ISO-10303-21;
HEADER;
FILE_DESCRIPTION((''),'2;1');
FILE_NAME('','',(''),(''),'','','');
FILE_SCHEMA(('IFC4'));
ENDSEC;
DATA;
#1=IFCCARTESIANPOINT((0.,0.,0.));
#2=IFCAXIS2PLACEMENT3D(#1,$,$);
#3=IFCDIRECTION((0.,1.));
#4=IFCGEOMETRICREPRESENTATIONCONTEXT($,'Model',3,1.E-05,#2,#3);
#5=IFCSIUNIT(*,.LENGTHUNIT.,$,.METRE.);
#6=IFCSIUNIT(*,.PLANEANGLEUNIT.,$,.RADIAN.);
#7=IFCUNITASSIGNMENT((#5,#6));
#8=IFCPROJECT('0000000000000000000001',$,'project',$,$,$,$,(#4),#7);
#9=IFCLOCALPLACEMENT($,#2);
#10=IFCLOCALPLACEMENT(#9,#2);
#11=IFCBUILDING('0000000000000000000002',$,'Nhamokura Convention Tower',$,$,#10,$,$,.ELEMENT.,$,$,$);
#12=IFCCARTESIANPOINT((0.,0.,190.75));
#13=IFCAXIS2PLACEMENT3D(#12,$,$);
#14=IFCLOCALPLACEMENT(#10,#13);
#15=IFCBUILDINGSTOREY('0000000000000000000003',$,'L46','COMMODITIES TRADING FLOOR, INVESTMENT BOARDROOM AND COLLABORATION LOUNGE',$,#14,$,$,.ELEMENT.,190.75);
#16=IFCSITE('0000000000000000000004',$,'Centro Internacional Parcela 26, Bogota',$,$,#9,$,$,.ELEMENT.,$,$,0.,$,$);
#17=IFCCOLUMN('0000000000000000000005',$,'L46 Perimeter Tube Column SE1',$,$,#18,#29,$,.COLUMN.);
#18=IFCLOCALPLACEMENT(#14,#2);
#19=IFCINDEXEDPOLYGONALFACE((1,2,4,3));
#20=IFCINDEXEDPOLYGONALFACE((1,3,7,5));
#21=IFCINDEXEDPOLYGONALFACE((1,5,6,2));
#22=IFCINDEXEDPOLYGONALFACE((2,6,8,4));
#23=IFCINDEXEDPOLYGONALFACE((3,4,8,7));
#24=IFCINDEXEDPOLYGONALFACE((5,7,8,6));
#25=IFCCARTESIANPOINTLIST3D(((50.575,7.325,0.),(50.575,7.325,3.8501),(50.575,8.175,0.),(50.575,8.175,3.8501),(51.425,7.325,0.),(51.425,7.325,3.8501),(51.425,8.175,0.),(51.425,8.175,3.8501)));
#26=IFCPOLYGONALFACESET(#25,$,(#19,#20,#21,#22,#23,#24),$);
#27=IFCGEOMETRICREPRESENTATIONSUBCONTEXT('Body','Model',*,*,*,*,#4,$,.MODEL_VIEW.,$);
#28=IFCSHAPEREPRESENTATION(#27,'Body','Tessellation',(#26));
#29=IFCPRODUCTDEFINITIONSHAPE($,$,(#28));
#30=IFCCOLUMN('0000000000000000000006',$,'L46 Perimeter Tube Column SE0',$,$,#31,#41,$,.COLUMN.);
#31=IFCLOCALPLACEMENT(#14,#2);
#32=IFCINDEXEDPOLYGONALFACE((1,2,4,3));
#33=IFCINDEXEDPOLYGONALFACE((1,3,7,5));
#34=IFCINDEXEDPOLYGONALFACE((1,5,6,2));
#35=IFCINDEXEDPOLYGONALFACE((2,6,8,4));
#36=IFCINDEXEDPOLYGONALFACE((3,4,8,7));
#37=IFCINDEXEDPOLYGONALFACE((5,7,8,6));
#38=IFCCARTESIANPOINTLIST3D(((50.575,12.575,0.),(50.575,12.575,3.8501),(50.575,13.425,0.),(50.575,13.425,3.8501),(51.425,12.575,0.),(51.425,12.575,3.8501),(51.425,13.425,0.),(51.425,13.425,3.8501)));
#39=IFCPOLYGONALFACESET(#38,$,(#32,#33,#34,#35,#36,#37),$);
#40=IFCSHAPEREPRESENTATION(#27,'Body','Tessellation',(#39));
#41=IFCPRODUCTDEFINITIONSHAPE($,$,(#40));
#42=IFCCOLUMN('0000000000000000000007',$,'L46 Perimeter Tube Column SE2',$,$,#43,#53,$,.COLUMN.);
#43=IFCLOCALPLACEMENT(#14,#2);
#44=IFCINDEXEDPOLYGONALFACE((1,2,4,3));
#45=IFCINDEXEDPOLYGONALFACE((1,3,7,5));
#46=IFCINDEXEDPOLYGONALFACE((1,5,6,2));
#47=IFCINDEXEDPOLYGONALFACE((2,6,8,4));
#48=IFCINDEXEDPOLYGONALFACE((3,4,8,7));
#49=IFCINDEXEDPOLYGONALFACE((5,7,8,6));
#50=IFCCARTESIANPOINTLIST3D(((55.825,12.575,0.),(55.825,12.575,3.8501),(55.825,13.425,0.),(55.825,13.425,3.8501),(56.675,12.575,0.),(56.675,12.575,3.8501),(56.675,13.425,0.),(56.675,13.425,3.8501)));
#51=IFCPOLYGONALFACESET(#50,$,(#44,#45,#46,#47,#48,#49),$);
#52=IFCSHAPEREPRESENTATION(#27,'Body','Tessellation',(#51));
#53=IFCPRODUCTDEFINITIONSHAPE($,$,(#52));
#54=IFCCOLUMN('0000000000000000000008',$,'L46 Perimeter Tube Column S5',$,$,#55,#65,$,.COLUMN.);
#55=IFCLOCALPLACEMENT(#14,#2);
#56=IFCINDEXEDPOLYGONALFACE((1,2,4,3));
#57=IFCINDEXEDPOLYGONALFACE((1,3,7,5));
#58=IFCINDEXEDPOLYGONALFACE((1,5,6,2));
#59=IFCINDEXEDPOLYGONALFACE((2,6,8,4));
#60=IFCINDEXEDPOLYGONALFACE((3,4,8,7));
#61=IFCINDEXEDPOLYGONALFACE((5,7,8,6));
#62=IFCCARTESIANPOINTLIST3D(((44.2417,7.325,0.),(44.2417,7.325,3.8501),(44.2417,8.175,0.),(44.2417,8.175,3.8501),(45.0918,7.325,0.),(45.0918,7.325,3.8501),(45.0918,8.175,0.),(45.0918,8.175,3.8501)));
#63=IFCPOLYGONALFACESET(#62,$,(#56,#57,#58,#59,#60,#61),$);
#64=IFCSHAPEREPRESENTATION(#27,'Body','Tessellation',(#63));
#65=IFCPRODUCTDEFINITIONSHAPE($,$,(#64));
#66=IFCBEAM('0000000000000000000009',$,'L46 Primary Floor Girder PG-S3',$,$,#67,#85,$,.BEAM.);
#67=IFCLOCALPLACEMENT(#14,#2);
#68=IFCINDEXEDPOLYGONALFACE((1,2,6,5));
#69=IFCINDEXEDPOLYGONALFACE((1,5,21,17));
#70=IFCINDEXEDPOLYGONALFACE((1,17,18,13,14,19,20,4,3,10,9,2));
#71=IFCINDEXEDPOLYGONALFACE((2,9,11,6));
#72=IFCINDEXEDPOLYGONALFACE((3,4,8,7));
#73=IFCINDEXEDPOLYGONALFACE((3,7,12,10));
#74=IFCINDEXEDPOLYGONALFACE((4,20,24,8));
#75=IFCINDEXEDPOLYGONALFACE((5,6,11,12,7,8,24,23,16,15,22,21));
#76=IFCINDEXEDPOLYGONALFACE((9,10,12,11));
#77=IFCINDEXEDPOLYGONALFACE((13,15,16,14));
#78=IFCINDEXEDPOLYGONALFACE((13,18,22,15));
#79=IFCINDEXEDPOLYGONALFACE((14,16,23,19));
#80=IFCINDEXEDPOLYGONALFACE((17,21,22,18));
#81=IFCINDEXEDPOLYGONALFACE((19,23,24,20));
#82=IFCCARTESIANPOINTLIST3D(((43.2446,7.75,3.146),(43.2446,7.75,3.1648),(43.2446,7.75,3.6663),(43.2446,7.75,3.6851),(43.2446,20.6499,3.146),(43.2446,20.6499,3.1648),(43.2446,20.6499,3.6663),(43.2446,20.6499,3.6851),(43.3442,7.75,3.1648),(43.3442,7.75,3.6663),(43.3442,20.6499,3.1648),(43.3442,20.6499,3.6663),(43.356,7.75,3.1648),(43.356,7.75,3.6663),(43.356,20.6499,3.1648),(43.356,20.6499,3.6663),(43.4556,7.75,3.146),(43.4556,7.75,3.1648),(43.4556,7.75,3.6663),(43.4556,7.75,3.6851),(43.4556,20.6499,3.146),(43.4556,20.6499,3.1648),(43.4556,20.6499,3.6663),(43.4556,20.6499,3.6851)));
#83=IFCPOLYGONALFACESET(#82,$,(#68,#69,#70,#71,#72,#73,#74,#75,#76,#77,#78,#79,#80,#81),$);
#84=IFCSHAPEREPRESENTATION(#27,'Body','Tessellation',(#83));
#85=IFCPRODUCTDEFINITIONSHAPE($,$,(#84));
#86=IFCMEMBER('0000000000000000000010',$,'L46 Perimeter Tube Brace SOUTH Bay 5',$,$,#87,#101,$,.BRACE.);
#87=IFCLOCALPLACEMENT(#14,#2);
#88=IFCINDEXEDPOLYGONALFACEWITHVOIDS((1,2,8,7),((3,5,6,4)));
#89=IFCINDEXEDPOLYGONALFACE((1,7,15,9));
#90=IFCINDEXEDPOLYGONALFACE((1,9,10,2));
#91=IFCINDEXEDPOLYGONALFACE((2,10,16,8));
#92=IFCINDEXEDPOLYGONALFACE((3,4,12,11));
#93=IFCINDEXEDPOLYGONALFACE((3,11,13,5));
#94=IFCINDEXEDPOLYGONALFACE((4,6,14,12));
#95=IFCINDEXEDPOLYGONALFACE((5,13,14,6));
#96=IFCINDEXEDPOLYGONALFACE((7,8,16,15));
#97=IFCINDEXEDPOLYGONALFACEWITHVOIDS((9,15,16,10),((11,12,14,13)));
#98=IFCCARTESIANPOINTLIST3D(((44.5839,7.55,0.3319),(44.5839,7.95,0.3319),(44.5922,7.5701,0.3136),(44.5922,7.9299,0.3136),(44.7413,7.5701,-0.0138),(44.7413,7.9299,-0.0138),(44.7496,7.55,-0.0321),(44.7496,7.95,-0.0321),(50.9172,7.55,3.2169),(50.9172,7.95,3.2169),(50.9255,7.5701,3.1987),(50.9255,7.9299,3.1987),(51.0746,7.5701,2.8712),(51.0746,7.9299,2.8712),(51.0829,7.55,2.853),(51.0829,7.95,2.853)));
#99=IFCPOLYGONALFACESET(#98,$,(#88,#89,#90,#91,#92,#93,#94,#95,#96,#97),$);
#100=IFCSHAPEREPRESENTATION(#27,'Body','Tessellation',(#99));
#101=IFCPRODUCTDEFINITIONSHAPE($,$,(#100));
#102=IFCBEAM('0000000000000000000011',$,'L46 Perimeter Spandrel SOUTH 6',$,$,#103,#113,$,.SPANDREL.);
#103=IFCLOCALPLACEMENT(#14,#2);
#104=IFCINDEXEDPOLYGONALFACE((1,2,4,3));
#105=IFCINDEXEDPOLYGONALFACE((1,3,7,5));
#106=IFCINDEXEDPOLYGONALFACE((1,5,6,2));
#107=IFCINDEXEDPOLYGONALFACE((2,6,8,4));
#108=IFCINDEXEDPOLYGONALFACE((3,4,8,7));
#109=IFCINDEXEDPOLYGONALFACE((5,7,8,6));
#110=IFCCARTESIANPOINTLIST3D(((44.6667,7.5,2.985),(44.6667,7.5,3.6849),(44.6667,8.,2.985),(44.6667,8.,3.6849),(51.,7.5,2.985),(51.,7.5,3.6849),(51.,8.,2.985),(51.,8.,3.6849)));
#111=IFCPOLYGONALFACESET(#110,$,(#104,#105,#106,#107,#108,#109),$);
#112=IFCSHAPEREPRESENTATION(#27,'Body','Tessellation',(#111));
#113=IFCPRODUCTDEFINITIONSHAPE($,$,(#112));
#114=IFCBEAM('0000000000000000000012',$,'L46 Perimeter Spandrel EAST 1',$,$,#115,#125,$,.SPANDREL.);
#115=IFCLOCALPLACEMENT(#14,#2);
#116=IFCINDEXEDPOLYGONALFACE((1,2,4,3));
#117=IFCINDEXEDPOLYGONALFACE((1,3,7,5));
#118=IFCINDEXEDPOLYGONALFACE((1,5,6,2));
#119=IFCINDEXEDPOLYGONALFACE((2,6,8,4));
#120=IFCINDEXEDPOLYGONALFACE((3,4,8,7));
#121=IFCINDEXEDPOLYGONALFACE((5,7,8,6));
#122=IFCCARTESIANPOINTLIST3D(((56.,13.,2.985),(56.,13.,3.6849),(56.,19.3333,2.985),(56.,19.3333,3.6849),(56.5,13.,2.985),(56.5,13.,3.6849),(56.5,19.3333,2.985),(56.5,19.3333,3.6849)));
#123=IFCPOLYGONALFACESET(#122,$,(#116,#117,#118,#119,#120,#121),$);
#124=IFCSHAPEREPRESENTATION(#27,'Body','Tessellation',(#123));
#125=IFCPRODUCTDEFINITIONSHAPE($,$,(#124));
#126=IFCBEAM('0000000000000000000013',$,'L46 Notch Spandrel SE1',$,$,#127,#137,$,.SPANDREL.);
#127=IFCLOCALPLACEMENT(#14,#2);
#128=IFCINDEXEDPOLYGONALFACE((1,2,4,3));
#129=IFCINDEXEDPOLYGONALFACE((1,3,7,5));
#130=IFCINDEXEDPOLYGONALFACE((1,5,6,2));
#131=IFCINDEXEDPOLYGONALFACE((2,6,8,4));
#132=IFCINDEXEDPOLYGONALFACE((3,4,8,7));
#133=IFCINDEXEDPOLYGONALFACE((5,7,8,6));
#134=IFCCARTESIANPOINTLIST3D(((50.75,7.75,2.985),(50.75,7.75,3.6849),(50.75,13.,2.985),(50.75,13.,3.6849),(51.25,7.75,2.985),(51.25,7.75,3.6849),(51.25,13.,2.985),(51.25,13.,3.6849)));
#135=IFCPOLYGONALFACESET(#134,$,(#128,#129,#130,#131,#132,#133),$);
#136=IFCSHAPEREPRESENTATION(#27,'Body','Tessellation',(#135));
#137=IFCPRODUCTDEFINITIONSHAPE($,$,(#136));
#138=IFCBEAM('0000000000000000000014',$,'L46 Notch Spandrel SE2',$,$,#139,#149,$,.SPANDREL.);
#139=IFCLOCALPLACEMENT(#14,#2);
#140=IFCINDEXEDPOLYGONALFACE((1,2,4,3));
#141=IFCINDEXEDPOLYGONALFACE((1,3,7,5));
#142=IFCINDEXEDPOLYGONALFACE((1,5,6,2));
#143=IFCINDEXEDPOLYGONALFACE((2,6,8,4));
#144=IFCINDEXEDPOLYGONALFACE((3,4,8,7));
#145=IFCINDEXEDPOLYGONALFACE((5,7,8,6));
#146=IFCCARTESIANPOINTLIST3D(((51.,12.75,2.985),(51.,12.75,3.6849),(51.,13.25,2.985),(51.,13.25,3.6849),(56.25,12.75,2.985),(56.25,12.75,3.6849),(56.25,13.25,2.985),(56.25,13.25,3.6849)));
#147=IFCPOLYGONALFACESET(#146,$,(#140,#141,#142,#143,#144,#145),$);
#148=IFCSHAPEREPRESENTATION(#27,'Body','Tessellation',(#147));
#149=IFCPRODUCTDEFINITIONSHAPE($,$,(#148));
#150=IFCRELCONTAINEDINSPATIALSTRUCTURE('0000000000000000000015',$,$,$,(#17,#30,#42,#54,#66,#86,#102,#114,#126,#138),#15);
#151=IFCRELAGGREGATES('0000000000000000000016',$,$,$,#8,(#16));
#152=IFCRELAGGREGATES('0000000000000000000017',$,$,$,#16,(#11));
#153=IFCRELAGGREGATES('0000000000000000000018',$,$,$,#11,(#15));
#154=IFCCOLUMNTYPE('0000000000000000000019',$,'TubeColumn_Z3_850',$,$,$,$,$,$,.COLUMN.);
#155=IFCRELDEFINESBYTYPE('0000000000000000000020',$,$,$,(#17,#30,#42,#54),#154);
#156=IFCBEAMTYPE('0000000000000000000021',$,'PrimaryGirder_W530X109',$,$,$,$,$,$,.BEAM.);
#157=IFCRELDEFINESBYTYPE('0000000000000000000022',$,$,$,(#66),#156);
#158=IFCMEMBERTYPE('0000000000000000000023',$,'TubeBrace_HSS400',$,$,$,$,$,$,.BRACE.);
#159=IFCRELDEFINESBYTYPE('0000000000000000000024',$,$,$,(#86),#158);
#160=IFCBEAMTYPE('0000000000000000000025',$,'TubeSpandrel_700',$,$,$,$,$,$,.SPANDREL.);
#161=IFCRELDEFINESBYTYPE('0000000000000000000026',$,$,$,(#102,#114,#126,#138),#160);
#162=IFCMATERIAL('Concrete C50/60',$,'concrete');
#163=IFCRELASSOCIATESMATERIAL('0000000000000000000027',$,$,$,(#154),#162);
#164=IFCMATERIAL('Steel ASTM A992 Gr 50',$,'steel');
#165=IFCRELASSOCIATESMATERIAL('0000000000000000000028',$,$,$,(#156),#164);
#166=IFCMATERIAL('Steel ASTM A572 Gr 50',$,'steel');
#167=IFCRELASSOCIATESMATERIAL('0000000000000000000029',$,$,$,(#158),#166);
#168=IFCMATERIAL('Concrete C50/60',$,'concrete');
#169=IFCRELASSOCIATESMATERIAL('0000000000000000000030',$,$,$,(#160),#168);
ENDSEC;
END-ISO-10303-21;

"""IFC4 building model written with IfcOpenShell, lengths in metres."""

from ifc_helpers import new_model, si_unit, direction, frame, origin, origin_2d, place, context, subcontext, project, spatial, rectangle, hollow_rectangle, i_section, extrude, material, material_profile, profile_set, type_object, element, save


model = new_model("IFC4")

# Units and contexts
model_context = context("Model", 3, precision=1e-05, world=origin(), true_north=direction((0.0, 1.0)))
body_context = subcontext(model_context, "Body", "Model", "MODEL_VIEW")
ifc_project = project(units=[si_unit("LENGTHUNIT", "METRE"), si_unit("PLANEANGLEUNIT", "RADIAN")], contexts=[model_context])

# Site, building, storey
site_placement = place(None, origin())
site = spatial("IfcSite", under=ifc_project, at=site_placement, Name="Centro Internacional Parcela 26, Bogota", CompositionType="ELEMENT", RefElevation=0.0)
building_placement = place(site_placement, origin())
building = spatial("IfcBuilding", under=site, at=building_placement, Name="Nhamokura Convention Tower", CompositionType="ELEMENT")
storey_placement = place(building_placement, frame((0.0, 0.0, 190.75)))
storey = spatial("IfcBuildingStorey", under=building, at=storey_placement, Name="L46", Description="COMMODITIES TRADING FLOOR, INVESTMENT BOARDROOM AND COLLABORATION LOUNGE", CompositionType="ELEMENT", Elevation=190.75)

# Columns
ifc_material_1 = material(Name="Concrete C50/60", Category="concrete")
ifc_material_profile_1 = material_profile(ifc_material_1, rectangle(XDim=0.8501, YDim=0.8501, at=origin_2d()))
ifc_profile_set_1 = profile_set([ifc_material_profile_1], Name="Concrete C50/60")
column_type = type_object("IfcColumnType", Name="TubeColumn_Z3_850", PredefinedType="COLUMN", material=ifc_profile_set_1)
for number, where, z_axis, x_axis, name in (
    (1, (51.0, 7.75, 0.0), (0.0, 0.0, 1.0), (1.0, 0.0, 0.0), "L46 Perimeter Tube Column SE1"),
    (2, (51.0, 13.0, 0.0), (0.0, 0.0, 1.0), (1.0, 0.0, 0.0), "L46 Perimeter Tube Column SE0"),
    (3, (56.25, 13.0, 0.0), (0.0, 0.0, 1.0), (1.0, 0.0, 0.0), "L46 Perimeter Tube Column SE2"),
    (4, (44.6667, 7.75, 0.0), (0.0, 0.0, 1.0), (1.0, 0.0, 0.0), "L46 Perimeter Tube Column S5"),
):
    element("IfcColumn", number, at=place(storey_placement, frame(where, z_axis=z_axis, x_axis=x_axis)), inside=storey, type_object=column_type, Name=name, PredefinedType="COLUMN", context=body_context, shape_type="SweptSolid", body=[
        extrude(rectangle(XDim=0.8501, YDim=0.8501, at=origin_2d()), origin(), (0.0, 0.0, 1.0), 3.8501),
    ])

# Beam
ifc_material_2 = material(Name="Steel ASTM A992 Gr 50", Category="steel")
ifc_material_profile_2 = material_profile(ifc_material_2, i_section(OverallWidth=0.2109, OverallDepth=0.5391, WebThickness=0.0117, FlangeThickness=0.0188, at=origin_2d()))
ifc_profile_set_2 = profile_set([ifc_material_profile_2], Name="Steel ASTM A992 Gr 50")
beam_type_1 = type_object("IfcBeamType", Name="PrimaryGirder_W530X109", PredefinedType="BEAM", material=ifc_profile_set_2)
beam_placement = place(storey_placement, frame((43.3501, 7.75, 3.4155), z_axis=(0.0, 1.0, 0.0), x_axis=(-1.0, 0.0, 0.0)))
element("IfcBeam", 5, at=beam_placement, inside=storey, type_object=beam_type_1, Name="L46 Primary Floor Girder PG-S3", PredefinedType="BEAM", context=body_context, shape_type="SweptSolid", body=[
    extrude(i_section(OverallWidth=0.2109, OverallDepth=0.5391, WebThickness=0.0117, FlangeThickness=0.0188, at=origin_2d()), origin(), (0.0, 0.0, 1.0), 12.8999),
])

# Member
ifc_material_3 = material(Name="Steel ASTM A572 Gr 50", Category="steel")
ifc_material_profile_3 = material_profile(ifc_material_3, hollow_rectangle(XDim=0.3999, YDim=0.3999, WallThickness=0.02, at=origin_2d()))
ifc_profile_set_3 = profile_set([ifc_material_profile_3], Name="Steel ASTM A572 Gr 50")
member_type = type_object("IfcMemberType", Name="TubeBrace_HSS400", PredefinedType="BRACE", material=ifc_profile_set_3)
member_placement = place(storey_placement, frame((44.6667, 7.75, 0.1499), z_axis=(0.910027, 0.0, 0.414548), x_axis=(0.0, 1.0, 0.0)))
element("IfcMember", 6, at=member_placement, inside=storey, type_object=member_type, Name="L46 Perimeter Tube Brace SOUTH Bay 5", PredefinedType="BRACE", context=body_context, shape_type="SweptSolid", body=[
    extrude(hollow_rectangle(XDim=0.3999, YDim=0.3999, WallThickness=0.02, at=origin_2d()), origin(), (0.0, 0.0, 1.0), 6.9595),
])

# Beams
ifc_material_4 = material(Name="Concrete C50/60", Category="concrete")
ifc_material_profile_4 = material_profile(ifc_material_4, rectangle(XDim=0.5, YDim=0.7, at=origin_2d()))
ifc_profile_set_4 = profile_set([ifc_material_profile_4], Name="Concrete C50/60")
beam_type_2 = type_object("IfcBeamType", Name="TubeSpandrel_700", PredefinedType="SPANDREL", material=ifc_profile_set_4)
for number, where, z_axis, x_axis, name in (
    (7, (44.6667, 7.75, 3.335), (1.0, 0.0, 0.0), (0.0, 1.0, 0.0), "L46 Perimeter Spandrel SOUTH 6"),
    (8, (56.25, 13.0, 3.335), (0.0, 1.0, 0.0), (-1.0, 0.0, 0.0), "L46 Perimeter Spandrel EAST 1"),
):
    element("IfcBeam", number, at=place(storey_placement, frame(where, z_axis=z_axis, x_axis=x_axis)), inside=storey, type_object=beam_type_2, Name=name, PredefinedType="SPANDREL", context=body_context, shape_type="SweptSolid", body=[
        extrude(rectangle(XDim=0.5, YDim=0.7, at=origin_2d()), origin(), (0.0, 0.0, 1.0), 6.3333),
    ])
for number, where, z_axis, x_axis, name in (
    (9, (51.0, 7.75, 3.335), (0.0, 1.0, 0.0), (-1.0, 0.0, 0.0), "L46 Notch Spandrel SE1"),
    (10, (51.0, 13.0, 3.335), (1.0, 0.0, 0.0), (0.0, 1.0, 0.0), "L46 Notch Spandrel SE2"),
):
    element("IfcBeam", number, at=place(storey_placement, frame(where, z_axis=z_axis, x_axis=x_axis)), inside=storey, type_object=beam_type_2, Name=name, PredefinedType="SPANDREL", context=body_context, shape_type="SweptSolid", body=[
        extrude(rectangle(XDim=0.5, YDim=0.7, at=origin_2d()), origin(), (0.0, 0.0, 1.0), 5.25),
    ])

save(model, "model.ifc")
